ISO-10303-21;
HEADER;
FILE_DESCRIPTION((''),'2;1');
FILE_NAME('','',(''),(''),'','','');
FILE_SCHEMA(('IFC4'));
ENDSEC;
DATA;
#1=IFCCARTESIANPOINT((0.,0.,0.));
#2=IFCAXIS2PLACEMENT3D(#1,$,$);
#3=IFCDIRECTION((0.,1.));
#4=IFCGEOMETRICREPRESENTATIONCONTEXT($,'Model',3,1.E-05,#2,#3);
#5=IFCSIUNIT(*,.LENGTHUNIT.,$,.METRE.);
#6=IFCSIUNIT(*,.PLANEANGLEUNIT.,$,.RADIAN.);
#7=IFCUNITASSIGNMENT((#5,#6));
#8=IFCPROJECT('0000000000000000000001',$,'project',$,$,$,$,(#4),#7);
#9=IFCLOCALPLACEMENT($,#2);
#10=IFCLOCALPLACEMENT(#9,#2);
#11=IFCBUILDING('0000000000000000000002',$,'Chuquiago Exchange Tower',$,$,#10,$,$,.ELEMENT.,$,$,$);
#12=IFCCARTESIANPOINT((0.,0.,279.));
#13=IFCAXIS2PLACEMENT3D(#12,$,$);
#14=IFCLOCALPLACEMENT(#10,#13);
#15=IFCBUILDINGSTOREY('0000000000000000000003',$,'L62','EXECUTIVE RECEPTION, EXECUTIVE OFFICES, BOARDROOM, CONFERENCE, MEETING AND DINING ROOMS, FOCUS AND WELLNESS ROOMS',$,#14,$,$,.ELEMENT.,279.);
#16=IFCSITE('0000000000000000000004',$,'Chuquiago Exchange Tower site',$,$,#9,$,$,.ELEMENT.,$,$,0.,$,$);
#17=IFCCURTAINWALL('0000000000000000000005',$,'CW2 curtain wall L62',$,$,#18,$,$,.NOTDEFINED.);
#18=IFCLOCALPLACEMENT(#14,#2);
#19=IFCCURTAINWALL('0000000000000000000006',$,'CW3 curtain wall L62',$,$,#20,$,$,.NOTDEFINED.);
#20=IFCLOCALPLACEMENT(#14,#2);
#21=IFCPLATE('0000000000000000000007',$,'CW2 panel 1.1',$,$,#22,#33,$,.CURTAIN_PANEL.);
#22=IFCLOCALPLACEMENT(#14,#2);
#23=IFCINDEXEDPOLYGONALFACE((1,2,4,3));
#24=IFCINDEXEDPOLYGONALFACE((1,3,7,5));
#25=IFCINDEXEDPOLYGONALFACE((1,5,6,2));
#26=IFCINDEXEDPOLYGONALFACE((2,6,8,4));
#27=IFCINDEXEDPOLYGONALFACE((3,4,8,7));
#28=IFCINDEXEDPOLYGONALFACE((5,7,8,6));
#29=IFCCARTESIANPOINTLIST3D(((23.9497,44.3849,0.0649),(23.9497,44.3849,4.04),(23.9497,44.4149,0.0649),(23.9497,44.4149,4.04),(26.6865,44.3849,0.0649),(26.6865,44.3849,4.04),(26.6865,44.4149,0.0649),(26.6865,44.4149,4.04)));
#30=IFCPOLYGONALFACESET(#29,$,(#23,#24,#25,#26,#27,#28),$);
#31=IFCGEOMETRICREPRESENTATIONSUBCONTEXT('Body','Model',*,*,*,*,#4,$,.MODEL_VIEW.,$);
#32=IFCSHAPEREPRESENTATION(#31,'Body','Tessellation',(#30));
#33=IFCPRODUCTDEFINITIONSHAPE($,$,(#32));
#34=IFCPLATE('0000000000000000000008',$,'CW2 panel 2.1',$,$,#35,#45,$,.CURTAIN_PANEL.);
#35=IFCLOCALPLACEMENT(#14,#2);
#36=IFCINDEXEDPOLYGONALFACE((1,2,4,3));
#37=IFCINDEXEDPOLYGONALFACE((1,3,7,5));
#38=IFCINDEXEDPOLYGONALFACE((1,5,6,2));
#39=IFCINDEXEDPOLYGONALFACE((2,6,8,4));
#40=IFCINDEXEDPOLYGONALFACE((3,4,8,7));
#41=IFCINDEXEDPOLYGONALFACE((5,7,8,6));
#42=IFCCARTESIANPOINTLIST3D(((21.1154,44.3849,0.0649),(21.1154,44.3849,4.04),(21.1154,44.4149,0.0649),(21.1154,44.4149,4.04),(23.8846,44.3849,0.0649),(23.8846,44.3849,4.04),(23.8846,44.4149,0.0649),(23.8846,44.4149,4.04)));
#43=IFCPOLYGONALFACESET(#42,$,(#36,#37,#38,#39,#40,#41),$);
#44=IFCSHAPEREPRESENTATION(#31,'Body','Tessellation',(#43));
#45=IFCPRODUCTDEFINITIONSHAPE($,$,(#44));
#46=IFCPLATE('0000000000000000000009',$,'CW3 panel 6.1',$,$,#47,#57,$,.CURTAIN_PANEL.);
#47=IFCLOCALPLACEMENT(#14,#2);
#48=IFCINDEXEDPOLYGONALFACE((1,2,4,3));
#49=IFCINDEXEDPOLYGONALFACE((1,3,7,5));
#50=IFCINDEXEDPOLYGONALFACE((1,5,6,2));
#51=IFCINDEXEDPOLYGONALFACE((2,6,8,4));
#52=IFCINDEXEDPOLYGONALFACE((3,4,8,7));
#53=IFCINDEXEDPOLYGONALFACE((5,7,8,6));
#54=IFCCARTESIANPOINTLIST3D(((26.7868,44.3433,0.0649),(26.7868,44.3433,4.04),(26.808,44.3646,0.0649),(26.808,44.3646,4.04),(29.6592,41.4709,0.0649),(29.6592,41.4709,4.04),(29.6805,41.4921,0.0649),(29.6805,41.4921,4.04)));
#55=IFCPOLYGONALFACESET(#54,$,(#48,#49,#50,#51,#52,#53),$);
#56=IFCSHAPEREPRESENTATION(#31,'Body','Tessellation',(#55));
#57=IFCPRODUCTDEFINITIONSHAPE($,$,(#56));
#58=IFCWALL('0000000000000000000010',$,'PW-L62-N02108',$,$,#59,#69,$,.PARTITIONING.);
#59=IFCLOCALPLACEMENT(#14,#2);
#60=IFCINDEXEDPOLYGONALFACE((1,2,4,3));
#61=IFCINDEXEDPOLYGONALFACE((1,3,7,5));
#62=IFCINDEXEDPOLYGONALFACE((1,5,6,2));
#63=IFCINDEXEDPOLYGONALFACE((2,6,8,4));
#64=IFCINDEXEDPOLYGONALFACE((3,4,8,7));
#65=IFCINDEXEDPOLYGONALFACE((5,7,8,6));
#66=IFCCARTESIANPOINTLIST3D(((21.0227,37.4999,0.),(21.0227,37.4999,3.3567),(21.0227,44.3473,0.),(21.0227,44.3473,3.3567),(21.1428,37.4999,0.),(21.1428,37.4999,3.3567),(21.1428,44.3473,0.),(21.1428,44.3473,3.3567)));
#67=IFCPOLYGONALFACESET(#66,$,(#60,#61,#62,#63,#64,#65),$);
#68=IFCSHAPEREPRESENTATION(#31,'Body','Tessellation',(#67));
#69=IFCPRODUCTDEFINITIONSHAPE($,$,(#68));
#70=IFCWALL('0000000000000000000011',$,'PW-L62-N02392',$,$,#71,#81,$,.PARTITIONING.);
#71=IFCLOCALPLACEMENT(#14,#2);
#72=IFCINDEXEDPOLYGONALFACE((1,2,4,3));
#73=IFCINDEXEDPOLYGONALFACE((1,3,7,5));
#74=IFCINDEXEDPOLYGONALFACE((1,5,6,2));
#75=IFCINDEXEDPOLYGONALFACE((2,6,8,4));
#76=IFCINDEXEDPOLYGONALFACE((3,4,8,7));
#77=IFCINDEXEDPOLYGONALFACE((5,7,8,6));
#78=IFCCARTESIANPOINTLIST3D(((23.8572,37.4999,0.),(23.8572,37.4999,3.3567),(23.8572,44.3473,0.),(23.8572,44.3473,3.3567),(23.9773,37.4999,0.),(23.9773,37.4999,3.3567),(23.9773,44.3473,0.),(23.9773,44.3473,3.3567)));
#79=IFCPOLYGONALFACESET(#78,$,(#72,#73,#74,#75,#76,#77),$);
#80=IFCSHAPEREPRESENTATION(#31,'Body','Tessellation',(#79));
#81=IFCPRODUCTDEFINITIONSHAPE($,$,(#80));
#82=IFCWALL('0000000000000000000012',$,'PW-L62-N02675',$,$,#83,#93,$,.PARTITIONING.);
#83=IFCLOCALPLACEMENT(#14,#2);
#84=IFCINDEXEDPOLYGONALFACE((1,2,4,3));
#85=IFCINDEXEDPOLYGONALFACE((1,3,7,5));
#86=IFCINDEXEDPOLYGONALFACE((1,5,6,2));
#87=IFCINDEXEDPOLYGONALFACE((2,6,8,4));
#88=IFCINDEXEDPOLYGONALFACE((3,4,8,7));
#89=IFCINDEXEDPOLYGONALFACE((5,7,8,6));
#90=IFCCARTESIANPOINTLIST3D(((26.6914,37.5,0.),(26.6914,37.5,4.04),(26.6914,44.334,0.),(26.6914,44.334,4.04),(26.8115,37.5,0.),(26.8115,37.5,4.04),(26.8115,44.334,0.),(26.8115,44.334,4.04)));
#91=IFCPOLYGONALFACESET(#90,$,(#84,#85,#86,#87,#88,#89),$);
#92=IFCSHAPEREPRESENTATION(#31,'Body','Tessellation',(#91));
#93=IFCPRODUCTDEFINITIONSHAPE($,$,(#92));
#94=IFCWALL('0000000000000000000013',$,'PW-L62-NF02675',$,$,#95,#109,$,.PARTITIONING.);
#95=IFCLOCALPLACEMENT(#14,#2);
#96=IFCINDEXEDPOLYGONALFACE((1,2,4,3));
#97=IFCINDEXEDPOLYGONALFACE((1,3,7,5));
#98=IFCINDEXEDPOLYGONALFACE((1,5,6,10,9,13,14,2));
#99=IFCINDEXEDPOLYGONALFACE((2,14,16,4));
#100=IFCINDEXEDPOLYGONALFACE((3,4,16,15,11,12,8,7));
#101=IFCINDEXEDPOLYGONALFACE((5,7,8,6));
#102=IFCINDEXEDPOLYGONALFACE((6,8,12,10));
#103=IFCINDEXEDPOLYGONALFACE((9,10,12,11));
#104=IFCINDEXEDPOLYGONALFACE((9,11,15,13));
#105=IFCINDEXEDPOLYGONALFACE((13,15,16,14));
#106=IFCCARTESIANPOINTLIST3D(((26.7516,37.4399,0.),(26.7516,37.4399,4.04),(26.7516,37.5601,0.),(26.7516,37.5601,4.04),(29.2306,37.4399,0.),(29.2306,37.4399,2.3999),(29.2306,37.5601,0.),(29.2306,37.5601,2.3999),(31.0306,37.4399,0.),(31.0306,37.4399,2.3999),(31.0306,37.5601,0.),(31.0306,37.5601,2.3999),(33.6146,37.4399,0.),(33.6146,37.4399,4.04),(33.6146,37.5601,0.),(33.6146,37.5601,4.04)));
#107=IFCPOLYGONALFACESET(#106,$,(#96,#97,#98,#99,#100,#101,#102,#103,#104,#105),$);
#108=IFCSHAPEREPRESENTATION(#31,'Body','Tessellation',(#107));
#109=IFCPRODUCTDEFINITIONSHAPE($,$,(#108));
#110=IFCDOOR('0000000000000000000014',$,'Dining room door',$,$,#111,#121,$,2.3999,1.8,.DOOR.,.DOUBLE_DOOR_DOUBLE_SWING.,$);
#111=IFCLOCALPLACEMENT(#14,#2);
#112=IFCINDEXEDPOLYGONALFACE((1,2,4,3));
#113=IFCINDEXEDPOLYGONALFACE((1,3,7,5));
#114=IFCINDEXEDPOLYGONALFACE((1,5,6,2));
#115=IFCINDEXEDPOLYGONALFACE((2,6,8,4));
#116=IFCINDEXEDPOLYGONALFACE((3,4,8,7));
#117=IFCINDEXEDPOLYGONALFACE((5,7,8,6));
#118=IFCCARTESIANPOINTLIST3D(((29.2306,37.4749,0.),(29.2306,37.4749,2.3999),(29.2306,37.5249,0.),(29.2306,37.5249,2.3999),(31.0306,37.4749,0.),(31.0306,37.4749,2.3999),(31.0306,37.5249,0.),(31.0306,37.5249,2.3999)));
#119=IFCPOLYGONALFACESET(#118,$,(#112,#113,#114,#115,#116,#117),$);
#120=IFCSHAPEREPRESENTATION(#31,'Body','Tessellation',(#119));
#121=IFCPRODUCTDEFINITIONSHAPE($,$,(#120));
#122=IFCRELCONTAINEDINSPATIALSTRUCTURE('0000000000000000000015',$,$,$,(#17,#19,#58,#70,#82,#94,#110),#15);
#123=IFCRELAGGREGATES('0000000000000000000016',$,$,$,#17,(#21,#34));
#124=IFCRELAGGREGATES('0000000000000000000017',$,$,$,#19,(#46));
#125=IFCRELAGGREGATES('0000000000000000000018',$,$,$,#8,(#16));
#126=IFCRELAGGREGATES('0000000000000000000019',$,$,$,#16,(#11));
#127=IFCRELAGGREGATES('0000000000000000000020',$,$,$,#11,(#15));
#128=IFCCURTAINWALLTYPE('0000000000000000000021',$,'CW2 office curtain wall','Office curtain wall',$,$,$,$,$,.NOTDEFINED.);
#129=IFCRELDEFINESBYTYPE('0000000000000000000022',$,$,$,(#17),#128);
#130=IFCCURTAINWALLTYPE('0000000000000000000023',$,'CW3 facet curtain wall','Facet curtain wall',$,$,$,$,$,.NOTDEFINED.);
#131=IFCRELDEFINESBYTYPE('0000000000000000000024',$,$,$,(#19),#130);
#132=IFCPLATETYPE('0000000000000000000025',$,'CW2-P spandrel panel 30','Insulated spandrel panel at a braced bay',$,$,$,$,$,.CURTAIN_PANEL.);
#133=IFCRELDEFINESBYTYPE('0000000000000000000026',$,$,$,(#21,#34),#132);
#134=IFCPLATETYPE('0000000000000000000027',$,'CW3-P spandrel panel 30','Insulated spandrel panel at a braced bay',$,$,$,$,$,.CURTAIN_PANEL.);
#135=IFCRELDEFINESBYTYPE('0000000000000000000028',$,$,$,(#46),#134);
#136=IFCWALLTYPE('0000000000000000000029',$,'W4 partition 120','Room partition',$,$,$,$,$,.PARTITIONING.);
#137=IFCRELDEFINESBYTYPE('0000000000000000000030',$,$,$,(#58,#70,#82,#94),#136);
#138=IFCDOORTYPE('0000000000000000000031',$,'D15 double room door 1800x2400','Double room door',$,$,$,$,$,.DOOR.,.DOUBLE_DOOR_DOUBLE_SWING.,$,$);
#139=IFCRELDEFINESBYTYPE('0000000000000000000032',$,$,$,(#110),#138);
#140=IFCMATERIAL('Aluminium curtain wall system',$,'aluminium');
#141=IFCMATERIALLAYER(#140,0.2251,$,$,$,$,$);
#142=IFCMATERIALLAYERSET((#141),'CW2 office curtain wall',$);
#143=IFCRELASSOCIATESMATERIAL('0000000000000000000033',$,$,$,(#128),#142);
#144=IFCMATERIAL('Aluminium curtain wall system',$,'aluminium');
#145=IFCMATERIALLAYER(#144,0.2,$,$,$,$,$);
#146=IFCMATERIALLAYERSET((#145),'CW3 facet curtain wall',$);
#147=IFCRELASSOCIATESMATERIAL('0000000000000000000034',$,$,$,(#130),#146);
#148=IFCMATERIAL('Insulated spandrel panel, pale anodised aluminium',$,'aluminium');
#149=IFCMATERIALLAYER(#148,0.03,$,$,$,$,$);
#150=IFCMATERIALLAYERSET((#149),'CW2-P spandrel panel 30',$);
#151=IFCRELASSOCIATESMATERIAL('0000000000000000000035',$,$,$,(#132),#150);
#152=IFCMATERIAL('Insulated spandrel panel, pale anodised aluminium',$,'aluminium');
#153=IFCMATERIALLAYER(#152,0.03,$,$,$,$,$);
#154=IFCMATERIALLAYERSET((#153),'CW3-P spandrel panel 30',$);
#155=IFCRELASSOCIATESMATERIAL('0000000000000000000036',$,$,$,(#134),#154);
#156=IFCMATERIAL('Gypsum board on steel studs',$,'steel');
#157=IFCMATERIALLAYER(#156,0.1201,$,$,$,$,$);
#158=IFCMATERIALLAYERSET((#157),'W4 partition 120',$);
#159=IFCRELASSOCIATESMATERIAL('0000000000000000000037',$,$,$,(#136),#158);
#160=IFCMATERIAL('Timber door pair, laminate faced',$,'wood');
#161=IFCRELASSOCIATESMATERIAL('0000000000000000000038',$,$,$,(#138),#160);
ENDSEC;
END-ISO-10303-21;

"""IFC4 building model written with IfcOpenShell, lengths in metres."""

from ifc_helpers import new_model, si_unit, direction, frame, frame_2d, origin, origin_2d, place, context, subcontext, project, spatial, rectangle, extrude, material, layer, layer_set, type_object, element, fill, aggregate, save


model = new_model("IFC4")

# Units and contexts
model_context = context("Model", 3, precision=1e-05, world=origin(), true_north=direction((0.0, 1.0)))
body_context = subcontext(model_context, "Body", "Model", "MODEL_VIEW")
ifc_project = project(units=[si_unit("LENGTHUNIT", "METRE"), si_unit("PLANEANGLEUNIT", "RADIAN")], contexts=[model_context])

# Site, building, storey
site_placement = place(None, origin())
site = spatial("IfcSite", under=ifc_project, at=site_placement, Name="Chuquiago Exchange Tower site", CompositionType="ELEMENT", RefElevation=0.0)
building_placement = place(site_placement, origin())
building = spatial("IfcBuilding", under=site, at=building_placement, Name="Chuquiago Exchange Tower", CompositionType="ELEMENT")
storey_placement = place(building_placement, frame((0.0, 0.0, 279.0)))
storey = spatial("IfcBuildingStorey", under=building, at=storey_placement, Name="L62", Description="EXECUTIVE RECEPTION, EXECUTIVE OFFICES, BOARDROOM, CONFERENCE, MEETING AND DINING ROOMS, FOCUS AND WELLNESS ROOMS", CompositionType="ELEMENT", Elevation=279.0)

# Curtain walls
ifc_material_1 = material(Name="Aluminium curtain wall system", Category="aluminium")
ifc_layer_1 = layer(ifc_material_1, 0.2251)
ifc_layer_set_1 = layer_set([ifc_layer_1], Name="CW2 office curtain wall")
curtain_wall_type_1 = type_object("IfcCurtainWallType", Name="CW2 office curtain wall", Description="Office curtain wall", PredefinedType="NOTDEFINED", material=ifc_layer_set_1)
curtain_wall_1_placement = place(storey_placement, origin())
curtain_wall_1 = element("IfcCurtainWall", 1, at=curtain_wall_1_placement, inside=storey, type_object=curtain_wall_type_1, Name="CW2 curtain wall L62", PredefinedType="NOTDEFINED")
ifc_material_2 = material(Name="Aluminium curtain wall system", Category="aluminium")
ifc_layer_2 = layer(ifc_material_2, 0.2)
ifc_layer_set_2 = layer_set([ifc_layer_2], Name="CW3 facet curtain wall")
curtain_wall_type_2 = type_object("IfcCurtainWallType", Name="CW3 facet curtain wall", Description="Facet curtain wall", PredefinedType="NOTDEFINED", material=ifc_layer_set_2)
curtain_wall_2_placement = place(storey_placement, origin())
curtain_wall_2 = element("IfcCurtainWall", 2, at=curtain_wall_2_placement, inside=storey, type_object=curtain_wall_type_2, Name="CW3 curtain wall L62", PredefinedType="NOTDEFINED")

# Plates
ifc_material_3 = material(Name="Insulated spandrel panel, pale anodised aluminium", Category="aluminium")
ifc_layer_3 = layer(ifc_material_3, 0.03)
ifc_layer_set_3 = layer_set([ifc_layer_3], Name="CW2-P spandrel panel 30")
plate_type_1 = type_object("IfcPlateType", Name="CW2-P spandrel panel 30", Description="Insulated spandrel panel at a braced bay", PredefinedType="CURTAIN_PANEL", material=ifc_layer_set_3)
plate_1_placement = place(storey_placement, frame((25.3181, 44.3999, 0.0649), z_axis=(0.0, 0.0, 1.0), x_axis=(-1.0, 0.0, 0.0)))
plate_1 = element("IfcPlate", 3, at=plate_1_placement, type_object=plate_type_1, Name="CW2 panel 1.1", PredefinedType="CURTAIN_PANEL", context=body_context, shape_type="SweptSolid", body=[
    extrude(rectangle(XDim=2.7368, YDim=0.03, at=origin_2d()), origin(), (0.0, 0.0, 1.0), 3.9751),
])
plate_2_placement = place(storey_placement, frame((22.5, 44.3999, 0.0649), z_axis=(0.0, 0.0, 1.0), x_axis=(-1.0, 0.0, 0.0)))
plate_2 = element("IfcPlate", 4, at=plate_2_placement, type_object=plate_type_1, Name="CW2 panel 2.1", PredefinedType="CURTAIN_PANEL", context=body_context, shape_type="SweptSolid", body=[
    extrude(rectangle(XDim=2.7693, YDim=0.03, at=origin_2d()), origin(), (0.0, 0.0, 1.0), 3.9751),
])
aggregate(curtain_wall_1, [plate_1, plate_2])
ifc_material_4 = material(Name="Insulated spandrel panel, pale anodised aluminium", Category="aluminium")
ifc_layer_4 = layer(ifc_material_4, 0.03)
ifc_layer_set_4 = layer_set([ifc_layer_4], Name="CW3-P spandrel panel 30")
plate_type_2 = type_object("IfcPlateType", Name="CW3-P spandrel panel 30", Description="Insulated spandrel panel at a braced bay", PredefinedType="CURTAIN_PANEL", material=ifc_layer_set_4)
plate_3_placement = place(storey_placement, frame((28.2336, 42.9177, 0.0649), z_axis=(0.0, 0.0, 1.0), x_axis=(-0.707107, 0.707107, 0.0)))
plate_3 = element("IfcPlate", 5, at=plate_3_placement, type_object=plate_type_2, Name="CW3 panel 6.1", PredefinedType="CURTAIN_PANEL", context=body_context, shape_type="SweptSolid", body=[
    extrude(rectangle(XDim=4.0623, YDim=0.03, at=origin_2d()), origin(), (0.0, 0.0, 1.0), 3.9751),
])
aggregate(curtain_wall_2, [plate_3])

# Walls
ifc_material_5 = material(Name="Gypsum board on steel studs", Category="steel")
ifc_layer_5 = layer(ifc_material_5, 0.1201)
ifc_layer_set_5 = layer_set([ifc_layer_5], Name="W4 partition 120")
wall_type = type_object("IfcWallType", Name="W4 partition 120", Description="Room partition", PredefinedType="PARTITIONING", material=ifc_layer_set_5)
for number, where, z_axis, x_axis, name in (
    (6, (21.0828, 44.3474, 0.0), (0.0, 0.0, 1.0), (0.0, -1.0, 0.0), "PW-L62-N02108"),
    (7, (23.9172, 44.3474, 0.0), (0.0, 0.0, 1.0), (0.0, -1.0, 0.0), "PW-L62-N02392"),
):
    element("IfcWall", number, at=place(storey_placement, frame(where, z_axis=z_axis, x_axis=x_axis)), inside=storey, type_object=wall_type, Name=name, PredefinedType="PARTITIONING", context=body_context, shape_type="SweptSolid", body=[
        extrude(rectangle(XDim=6.8474, YDim=0.1201, at=frame_2d((3.4238, 0.0))), origin(), (0.0, 0.0, 1.0), 3.3567),
    ])
wall_1_placement = place(storey_placement, frame((26.7515, 44.334, 0.0), z_axis=(0.0, 0.0, 1.0), x_axis=(0.0, -1.0, 0.0)))
element("IfcWall", 8, at=wall_1_placement, inside=storey, type_object=wall_type, Name="PW-L62-N02675", PredefinedType="PARTITIONING", context=body_context, shape_type="SweptSolid", body=[
    extrude(rectangle(XDim=6.834, YDim=0.1201, at=frame_2d((3.417, 0.0))), origin(), (0.0, 0.0, 1.0), 4.04),
])

# Wall, opening, door
wall_2_placement = place(storey_placement, frame((26.7515, 37.5, 0.0), z_axis=(0.0, 0.0, 1.0), x_axis=(1.0, 0.0, 0.0)))
wall_2 = element("IfcWall", 9, at=wall_2_placement, inside=storey, type_object=wall_type, Name="PW-L62-NF02675", PredefinedType="PARTITIONING", context=body_context, shape_type="SweptSolid", body=[
    extrude(rectangle(XDim=6.863, YDim=0.1201, at=frame_2d((3.4316, 0.0))), origin(), (0.0, 0.0, 1.0), 4.04),
])
opening_1_placement = place(wall_2_placement, frame((2.4792, 0.0, 0.0)))
opening_1 = element("IfcOpeningElement", 10, at=opening_1_placement, cuts=wall_2, PredefinedType="OPENING", context=body_context, shape_type="SweptSolid", body=[
    extrude(rectangle(XDim=1.8, YDim=2.3999, at=frame_2d((0.8999, 1.2))), frame((0.0, 0.0701, 0.0), z_axis=(0.0, -1.0, 0.0), x_axis=(1.0, 0.0, 0.0)), (0.0, 0.0, 1.0), 0.1401),
])
ifc_material_6 = material(Name="Timber door pair, laminate faced", Category="wood")
door_type_1 = type_object("IfcDoorType", Name="D15 double room door 1800x2400", Description="Double room door", OperationType="DOUBLE_DOOR_DOUBLE_SWING", PredefinedType="DOOR", material=ifc_material_6)
door_1_placement = place(opening_1_placement, origin())
door_1 = element("IfcDoor", 11, at=door_1_placement, inside=storey, type_object=door_type_1, Name="Dining room door", OperationType="DOUBLE_DOOR_DOUBLE_SWING", OverallHeight=2.3999, OverallWidth=1.8, PredefinedType="DOOR", context=body_context, shape_type="SweptSolid", body=[
    extrude(rectangle(XDim=1.8, YDim=2.3999, at=frame_2d((0.8999, 1.2))), frame((0.0, 0.0249, 0.0), z_axis=(0.0, -1.0, 0.0), x_axis=(1.0, 0.0, 0.0)), (0.0, 0.0, 1.0), 0.05),
])
fill(opening_1, door_1)

save(model, "model.ifc")
